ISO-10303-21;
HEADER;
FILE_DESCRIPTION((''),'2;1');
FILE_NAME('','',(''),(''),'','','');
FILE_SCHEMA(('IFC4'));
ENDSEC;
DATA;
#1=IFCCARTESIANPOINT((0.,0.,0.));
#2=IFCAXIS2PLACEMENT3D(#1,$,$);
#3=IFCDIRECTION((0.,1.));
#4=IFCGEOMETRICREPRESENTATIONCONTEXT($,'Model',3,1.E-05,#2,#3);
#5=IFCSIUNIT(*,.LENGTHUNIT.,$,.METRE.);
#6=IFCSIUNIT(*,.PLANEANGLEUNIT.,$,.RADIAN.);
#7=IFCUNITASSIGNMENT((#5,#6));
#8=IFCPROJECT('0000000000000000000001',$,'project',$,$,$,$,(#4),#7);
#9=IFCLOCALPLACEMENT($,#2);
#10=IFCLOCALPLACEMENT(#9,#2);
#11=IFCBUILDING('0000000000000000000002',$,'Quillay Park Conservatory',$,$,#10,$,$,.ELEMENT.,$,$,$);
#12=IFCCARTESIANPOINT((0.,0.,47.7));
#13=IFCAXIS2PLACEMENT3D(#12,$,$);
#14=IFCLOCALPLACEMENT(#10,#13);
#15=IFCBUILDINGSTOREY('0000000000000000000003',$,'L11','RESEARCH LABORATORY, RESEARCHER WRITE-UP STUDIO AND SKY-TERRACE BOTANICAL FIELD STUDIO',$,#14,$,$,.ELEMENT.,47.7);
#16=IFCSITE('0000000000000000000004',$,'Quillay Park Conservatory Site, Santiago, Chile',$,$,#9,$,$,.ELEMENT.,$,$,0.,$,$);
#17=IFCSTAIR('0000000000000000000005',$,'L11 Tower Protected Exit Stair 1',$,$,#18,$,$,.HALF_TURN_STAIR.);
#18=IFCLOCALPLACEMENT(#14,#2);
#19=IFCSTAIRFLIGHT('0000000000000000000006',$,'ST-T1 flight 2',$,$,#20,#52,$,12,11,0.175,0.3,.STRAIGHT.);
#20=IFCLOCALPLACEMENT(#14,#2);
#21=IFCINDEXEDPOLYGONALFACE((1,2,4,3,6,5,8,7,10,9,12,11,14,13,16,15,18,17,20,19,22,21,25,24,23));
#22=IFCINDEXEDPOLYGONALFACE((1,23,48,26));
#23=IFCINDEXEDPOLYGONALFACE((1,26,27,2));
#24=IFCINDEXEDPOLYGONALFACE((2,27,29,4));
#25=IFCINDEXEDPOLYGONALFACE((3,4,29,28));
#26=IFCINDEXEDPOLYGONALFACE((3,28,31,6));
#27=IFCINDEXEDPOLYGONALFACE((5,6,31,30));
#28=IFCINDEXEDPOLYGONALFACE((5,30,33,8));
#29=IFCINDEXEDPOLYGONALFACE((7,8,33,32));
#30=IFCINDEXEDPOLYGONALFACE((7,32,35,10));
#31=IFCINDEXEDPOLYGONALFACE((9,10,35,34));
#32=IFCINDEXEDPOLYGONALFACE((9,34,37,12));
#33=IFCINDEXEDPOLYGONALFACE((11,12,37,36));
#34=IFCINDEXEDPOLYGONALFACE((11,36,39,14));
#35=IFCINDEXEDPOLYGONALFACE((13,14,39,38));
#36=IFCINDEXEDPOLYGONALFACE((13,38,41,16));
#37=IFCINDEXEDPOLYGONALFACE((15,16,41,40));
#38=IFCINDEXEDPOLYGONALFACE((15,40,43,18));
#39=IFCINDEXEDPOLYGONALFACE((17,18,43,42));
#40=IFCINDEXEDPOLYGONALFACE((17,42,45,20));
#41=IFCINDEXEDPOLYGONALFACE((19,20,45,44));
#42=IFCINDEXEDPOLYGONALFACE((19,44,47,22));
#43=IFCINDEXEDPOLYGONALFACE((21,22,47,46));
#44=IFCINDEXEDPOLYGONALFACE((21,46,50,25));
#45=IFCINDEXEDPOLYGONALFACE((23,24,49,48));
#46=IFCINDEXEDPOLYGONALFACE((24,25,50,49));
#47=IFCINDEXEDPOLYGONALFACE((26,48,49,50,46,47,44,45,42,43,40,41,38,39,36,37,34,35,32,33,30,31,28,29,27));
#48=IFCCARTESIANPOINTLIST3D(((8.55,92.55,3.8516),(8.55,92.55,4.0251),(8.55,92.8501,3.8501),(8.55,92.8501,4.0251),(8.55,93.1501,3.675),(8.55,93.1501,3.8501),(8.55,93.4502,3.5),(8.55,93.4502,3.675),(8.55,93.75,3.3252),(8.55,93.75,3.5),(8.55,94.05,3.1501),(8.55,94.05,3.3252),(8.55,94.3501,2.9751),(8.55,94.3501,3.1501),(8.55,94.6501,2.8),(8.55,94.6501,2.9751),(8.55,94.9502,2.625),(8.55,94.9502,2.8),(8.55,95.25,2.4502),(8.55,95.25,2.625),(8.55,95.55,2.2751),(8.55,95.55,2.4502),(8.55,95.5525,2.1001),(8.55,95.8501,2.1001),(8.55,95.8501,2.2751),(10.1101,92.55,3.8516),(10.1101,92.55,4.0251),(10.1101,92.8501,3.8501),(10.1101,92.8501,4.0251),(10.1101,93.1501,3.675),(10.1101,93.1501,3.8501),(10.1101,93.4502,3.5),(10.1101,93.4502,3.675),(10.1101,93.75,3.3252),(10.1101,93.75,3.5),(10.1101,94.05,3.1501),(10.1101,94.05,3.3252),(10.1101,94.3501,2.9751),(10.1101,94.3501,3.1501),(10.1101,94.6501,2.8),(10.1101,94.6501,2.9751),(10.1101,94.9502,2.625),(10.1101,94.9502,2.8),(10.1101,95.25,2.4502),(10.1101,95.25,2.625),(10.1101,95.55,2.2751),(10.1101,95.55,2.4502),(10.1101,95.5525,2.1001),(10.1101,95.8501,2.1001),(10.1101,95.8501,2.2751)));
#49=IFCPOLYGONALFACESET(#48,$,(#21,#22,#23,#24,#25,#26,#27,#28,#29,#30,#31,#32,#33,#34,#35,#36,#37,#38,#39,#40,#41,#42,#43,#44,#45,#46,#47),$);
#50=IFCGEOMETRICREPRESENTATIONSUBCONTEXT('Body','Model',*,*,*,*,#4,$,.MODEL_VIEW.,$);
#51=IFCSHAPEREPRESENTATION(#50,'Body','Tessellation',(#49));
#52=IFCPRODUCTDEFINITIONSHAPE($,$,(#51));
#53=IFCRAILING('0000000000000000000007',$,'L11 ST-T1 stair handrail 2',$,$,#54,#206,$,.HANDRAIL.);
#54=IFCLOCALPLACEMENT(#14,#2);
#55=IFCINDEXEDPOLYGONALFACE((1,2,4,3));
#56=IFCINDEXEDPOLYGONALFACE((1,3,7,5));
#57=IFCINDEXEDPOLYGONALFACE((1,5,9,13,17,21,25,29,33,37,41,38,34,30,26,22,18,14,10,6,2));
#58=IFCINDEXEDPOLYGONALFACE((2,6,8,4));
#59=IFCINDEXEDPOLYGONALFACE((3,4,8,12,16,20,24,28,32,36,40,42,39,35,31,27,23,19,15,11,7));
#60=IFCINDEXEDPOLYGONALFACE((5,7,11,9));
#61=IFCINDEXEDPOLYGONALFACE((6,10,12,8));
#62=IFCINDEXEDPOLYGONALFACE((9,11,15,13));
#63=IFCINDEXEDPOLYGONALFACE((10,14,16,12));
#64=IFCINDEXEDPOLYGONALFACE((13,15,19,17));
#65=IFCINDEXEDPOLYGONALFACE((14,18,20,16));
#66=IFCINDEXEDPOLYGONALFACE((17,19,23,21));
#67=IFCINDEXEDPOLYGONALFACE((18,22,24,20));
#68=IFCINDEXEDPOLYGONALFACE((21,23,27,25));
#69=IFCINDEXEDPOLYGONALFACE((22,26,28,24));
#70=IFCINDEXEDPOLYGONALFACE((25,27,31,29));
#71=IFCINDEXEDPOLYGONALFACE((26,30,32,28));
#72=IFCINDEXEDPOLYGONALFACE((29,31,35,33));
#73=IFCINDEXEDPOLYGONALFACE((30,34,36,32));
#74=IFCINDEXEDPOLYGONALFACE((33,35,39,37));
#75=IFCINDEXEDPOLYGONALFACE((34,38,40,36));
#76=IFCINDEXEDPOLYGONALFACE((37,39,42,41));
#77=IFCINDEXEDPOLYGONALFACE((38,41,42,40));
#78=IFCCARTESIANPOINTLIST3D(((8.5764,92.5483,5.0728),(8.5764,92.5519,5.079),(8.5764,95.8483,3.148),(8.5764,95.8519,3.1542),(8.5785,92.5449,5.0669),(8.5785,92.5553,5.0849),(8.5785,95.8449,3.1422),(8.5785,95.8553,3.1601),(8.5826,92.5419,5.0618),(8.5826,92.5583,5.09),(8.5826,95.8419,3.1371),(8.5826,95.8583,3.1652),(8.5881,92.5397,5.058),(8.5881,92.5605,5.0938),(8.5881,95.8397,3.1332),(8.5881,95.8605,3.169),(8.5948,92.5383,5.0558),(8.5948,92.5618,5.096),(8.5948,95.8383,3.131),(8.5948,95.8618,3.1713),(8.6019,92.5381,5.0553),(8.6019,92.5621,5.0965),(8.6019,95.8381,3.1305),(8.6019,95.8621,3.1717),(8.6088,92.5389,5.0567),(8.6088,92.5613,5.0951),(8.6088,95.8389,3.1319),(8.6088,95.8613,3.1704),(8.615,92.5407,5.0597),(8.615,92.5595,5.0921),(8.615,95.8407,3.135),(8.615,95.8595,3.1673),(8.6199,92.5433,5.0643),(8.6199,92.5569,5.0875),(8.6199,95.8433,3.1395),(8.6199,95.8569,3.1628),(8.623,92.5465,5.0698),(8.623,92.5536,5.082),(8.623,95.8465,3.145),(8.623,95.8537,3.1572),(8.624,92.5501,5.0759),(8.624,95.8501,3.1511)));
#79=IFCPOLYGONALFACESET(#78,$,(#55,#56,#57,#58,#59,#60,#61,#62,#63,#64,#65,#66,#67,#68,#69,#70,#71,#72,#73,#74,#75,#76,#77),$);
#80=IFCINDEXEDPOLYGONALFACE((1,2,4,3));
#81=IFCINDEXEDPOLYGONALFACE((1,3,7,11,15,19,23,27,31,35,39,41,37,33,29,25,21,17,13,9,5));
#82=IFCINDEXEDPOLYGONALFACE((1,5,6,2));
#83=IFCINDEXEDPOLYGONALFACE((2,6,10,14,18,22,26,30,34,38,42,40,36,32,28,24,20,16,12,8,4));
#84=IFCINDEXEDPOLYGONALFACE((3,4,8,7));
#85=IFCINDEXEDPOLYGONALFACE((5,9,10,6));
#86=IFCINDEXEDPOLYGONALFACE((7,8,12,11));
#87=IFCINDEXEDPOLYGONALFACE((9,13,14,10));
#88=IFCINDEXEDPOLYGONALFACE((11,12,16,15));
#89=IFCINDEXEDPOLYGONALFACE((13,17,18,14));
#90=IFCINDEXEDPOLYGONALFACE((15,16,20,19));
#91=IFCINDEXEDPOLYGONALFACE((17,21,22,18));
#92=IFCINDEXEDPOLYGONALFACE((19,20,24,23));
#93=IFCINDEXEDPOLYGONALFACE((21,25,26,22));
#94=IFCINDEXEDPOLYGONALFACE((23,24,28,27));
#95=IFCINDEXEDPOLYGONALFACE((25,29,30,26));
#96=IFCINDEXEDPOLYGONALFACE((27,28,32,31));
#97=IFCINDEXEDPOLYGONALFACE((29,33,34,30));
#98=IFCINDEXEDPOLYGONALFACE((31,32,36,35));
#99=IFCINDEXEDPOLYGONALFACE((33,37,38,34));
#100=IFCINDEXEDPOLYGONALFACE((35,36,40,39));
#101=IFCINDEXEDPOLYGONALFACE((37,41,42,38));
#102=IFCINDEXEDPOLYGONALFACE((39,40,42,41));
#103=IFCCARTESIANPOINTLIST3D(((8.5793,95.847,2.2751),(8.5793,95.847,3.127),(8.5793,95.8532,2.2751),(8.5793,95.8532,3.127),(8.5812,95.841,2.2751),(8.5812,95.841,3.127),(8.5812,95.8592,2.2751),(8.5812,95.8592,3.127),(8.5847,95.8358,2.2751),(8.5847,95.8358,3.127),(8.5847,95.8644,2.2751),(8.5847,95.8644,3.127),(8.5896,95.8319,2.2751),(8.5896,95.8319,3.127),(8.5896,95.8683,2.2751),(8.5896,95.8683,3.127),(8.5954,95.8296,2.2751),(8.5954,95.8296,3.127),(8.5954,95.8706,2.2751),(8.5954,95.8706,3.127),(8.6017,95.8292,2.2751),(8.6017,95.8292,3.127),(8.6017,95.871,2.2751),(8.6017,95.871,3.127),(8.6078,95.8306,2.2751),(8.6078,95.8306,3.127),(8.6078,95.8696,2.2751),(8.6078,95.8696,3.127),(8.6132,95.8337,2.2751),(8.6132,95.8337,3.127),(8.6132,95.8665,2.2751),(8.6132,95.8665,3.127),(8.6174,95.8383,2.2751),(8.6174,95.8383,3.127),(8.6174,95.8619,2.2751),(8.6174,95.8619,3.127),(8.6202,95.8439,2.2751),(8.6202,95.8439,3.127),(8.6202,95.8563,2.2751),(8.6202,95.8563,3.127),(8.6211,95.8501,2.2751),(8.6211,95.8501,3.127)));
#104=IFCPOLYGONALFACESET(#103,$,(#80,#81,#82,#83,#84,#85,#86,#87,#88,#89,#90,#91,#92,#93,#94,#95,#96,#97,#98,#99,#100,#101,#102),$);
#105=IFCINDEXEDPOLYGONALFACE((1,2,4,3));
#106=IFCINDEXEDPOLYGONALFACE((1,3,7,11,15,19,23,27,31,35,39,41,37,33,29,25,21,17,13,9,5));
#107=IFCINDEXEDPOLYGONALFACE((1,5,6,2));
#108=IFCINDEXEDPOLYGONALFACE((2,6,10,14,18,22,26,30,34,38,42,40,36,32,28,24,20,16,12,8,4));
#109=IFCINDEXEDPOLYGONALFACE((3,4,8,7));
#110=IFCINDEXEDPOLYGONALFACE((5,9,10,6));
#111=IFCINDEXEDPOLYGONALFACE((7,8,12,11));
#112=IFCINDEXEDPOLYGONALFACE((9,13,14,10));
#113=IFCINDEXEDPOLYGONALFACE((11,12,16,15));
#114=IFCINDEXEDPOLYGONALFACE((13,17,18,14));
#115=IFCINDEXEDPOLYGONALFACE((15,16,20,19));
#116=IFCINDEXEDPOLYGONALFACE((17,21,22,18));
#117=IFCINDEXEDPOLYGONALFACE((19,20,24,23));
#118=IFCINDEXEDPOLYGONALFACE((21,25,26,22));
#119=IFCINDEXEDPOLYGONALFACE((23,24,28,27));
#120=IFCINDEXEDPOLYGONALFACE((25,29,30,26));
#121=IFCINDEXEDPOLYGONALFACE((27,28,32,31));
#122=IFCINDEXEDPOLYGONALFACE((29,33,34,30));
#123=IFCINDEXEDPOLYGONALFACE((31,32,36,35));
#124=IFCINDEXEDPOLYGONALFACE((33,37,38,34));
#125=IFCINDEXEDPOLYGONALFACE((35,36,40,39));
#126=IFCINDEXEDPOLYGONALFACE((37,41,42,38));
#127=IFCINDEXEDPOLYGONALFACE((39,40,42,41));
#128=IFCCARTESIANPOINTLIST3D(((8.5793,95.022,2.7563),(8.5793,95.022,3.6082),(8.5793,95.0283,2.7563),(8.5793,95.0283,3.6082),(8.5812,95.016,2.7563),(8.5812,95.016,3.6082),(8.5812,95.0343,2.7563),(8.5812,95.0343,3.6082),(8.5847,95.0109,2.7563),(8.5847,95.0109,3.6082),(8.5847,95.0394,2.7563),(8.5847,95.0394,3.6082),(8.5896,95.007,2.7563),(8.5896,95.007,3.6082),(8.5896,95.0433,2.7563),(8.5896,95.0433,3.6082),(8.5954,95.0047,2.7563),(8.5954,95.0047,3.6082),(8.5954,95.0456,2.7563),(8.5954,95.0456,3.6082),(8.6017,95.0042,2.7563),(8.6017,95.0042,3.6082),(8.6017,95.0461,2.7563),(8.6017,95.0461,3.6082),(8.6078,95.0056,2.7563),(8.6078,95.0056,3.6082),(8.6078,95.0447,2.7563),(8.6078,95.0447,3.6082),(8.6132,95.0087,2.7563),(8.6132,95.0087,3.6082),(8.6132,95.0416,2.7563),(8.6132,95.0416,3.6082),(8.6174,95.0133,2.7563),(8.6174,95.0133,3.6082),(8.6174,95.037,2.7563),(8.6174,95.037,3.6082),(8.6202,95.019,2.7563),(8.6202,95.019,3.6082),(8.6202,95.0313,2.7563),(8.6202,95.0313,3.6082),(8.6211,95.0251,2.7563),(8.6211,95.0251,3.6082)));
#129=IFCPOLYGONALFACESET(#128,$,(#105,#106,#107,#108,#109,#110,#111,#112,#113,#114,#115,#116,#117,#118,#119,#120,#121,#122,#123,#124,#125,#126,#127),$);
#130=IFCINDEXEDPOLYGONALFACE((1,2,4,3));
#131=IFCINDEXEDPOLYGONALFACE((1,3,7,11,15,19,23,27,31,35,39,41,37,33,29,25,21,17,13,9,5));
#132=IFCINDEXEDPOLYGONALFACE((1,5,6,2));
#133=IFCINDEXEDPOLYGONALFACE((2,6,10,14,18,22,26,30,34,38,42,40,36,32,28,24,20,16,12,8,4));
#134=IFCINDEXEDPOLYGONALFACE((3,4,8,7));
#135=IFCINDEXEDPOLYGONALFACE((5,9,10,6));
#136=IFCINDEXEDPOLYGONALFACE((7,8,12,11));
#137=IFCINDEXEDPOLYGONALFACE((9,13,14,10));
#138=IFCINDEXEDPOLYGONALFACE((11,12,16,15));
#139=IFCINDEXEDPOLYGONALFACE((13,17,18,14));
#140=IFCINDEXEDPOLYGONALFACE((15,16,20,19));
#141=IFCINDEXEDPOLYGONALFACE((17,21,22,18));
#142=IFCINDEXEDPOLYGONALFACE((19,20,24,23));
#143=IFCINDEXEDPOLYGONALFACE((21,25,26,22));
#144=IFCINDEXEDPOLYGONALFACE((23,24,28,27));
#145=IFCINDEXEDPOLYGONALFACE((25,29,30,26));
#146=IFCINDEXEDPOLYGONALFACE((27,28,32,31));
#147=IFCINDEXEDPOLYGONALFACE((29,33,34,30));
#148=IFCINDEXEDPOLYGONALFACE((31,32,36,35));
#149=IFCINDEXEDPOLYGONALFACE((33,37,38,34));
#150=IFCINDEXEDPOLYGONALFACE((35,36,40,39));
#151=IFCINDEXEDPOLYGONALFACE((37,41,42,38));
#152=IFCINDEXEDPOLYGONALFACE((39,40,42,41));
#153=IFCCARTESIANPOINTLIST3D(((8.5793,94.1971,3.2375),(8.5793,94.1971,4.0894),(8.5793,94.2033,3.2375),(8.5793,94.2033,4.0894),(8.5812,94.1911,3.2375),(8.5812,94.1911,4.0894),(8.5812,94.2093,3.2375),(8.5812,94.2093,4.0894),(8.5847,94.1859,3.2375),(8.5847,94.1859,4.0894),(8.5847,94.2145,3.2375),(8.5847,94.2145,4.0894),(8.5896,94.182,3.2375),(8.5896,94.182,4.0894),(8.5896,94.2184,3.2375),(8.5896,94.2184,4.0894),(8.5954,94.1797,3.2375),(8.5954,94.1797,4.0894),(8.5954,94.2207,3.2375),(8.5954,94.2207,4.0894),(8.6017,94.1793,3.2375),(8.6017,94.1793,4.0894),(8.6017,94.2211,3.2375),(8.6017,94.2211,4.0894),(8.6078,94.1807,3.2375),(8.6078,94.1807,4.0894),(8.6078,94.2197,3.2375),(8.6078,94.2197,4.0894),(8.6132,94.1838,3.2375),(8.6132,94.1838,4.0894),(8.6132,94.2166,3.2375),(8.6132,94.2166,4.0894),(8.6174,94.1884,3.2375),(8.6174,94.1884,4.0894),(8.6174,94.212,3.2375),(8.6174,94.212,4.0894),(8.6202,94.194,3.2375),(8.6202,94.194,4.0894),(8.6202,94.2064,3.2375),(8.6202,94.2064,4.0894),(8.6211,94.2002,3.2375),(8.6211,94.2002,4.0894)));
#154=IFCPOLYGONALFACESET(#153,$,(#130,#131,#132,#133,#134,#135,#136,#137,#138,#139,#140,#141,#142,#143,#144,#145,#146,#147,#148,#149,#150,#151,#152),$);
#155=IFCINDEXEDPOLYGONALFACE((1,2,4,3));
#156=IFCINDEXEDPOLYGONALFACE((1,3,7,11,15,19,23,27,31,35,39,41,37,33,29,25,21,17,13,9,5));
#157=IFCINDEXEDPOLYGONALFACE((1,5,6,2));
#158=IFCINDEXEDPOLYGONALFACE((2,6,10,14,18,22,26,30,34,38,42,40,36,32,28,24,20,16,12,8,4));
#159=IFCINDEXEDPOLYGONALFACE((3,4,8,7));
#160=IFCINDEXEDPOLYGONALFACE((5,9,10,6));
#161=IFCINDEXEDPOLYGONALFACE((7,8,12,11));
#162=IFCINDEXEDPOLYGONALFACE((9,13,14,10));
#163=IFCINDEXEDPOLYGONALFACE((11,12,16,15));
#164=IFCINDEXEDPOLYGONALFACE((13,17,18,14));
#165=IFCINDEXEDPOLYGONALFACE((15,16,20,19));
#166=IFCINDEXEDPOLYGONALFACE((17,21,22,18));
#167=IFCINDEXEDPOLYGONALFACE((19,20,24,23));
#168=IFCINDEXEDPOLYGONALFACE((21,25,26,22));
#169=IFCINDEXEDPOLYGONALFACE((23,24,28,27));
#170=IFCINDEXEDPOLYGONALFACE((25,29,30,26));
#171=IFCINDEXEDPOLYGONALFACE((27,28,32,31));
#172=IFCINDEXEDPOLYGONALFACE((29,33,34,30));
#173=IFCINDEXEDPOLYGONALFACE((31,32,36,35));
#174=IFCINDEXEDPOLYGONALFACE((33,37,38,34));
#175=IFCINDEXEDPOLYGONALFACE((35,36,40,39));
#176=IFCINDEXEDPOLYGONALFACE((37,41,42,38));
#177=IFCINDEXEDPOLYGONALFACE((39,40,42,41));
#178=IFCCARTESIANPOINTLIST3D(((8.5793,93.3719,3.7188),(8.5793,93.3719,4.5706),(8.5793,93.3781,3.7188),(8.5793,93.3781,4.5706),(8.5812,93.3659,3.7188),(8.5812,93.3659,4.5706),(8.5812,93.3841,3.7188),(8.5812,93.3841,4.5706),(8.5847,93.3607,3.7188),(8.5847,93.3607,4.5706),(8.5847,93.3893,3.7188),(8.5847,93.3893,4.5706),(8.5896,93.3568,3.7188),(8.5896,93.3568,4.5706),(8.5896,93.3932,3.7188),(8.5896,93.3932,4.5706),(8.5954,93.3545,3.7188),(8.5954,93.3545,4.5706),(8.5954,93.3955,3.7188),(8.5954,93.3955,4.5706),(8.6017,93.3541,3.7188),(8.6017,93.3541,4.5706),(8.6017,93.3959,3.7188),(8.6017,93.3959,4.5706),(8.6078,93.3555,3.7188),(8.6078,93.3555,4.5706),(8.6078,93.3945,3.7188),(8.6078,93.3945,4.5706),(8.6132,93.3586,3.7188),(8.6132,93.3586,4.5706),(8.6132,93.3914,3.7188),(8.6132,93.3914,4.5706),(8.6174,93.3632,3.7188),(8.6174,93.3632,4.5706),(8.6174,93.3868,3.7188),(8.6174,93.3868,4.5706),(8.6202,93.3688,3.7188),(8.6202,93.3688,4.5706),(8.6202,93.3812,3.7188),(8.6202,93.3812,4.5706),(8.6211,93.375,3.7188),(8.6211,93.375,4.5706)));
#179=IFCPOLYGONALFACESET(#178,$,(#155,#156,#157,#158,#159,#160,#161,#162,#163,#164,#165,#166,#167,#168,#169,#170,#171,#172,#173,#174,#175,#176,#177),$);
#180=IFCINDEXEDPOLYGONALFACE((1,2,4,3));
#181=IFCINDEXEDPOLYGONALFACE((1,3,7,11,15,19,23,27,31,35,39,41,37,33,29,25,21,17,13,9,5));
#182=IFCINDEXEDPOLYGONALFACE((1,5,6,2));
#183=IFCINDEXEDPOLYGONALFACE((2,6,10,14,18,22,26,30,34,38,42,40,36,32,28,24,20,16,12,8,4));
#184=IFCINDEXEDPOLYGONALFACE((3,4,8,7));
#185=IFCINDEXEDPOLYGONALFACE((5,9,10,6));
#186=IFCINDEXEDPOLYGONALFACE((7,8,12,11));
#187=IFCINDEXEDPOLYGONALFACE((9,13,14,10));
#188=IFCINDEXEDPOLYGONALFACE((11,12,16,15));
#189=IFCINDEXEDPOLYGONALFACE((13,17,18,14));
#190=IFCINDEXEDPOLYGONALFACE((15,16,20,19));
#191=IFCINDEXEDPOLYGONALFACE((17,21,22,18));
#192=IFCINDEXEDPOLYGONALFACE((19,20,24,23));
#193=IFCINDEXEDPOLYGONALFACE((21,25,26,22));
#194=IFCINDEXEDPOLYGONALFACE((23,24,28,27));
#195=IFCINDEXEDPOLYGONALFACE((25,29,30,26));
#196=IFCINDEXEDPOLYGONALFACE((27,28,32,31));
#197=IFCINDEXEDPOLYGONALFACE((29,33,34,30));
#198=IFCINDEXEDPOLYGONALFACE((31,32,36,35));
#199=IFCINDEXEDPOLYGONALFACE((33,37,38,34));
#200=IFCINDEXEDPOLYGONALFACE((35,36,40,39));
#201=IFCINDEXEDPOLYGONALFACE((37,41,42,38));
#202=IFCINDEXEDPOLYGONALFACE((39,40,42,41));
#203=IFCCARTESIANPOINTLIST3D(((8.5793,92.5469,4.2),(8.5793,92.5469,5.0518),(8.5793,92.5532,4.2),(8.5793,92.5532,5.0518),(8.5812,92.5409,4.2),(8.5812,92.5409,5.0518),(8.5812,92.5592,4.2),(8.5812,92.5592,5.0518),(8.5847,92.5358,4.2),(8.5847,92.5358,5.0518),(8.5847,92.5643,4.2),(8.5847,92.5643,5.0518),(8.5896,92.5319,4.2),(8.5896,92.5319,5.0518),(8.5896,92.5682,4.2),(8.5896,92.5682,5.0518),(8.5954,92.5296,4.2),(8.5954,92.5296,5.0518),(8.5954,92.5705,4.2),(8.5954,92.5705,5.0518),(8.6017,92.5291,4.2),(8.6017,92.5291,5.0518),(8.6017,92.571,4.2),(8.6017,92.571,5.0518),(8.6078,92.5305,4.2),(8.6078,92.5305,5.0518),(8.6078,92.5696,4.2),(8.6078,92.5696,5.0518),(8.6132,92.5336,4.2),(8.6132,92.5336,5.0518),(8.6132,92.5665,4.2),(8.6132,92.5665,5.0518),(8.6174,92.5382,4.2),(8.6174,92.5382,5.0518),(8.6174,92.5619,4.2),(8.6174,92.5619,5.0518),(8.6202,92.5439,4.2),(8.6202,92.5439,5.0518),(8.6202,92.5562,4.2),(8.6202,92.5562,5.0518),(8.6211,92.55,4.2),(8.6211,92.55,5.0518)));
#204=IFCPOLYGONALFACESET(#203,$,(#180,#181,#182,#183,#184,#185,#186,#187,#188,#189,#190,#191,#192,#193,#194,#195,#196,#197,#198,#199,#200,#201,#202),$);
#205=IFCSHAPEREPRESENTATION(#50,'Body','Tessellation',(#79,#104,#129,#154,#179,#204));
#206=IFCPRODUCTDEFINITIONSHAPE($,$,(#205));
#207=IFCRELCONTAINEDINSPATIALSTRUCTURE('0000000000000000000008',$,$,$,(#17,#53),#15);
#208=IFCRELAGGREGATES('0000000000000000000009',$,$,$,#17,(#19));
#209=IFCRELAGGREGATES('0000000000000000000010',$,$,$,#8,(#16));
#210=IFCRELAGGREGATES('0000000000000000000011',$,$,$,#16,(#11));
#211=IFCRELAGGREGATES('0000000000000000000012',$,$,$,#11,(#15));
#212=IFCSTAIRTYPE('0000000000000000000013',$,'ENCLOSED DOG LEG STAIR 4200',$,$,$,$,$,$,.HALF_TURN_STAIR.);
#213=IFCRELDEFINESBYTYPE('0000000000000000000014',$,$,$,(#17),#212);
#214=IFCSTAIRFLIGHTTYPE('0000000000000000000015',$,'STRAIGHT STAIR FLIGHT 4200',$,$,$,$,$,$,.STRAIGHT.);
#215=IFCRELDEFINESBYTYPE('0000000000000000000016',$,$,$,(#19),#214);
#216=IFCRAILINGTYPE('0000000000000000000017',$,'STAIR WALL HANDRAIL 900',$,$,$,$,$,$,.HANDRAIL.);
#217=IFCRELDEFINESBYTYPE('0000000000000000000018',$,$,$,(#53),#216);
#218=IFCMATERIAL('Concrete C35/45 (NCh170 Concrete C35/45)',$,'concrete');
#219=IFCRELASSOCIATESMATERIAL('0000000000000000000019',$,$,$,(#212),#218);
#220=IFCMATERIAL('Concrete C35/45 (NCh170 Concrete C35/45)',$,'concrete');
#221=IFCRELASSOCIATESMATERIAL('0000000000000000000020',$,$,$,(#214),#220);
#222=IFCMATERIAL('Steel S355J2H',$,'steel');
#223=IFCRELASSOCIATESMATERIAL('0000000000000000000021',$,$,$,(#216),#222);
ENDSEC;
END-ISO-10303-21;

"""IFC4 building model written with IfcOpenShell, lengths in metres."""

from ifc_helpers import new_model, si_unit, direction, frame, origin, origin_2d, place, context, subcontext, project, spatial, polyline, circle, outline, extrude, material, type_object, element, aggregate, save


model = new_model("IFC4")

# Units and contexts
model_context = context("Model", 3, precision=1e-05, world=origin(), true_north=direction((0.0, 1.0)))
body_context = subcontext(model_context, "Body", "Model", "MODEL_VIEW")
ifc_project = project(units=[si_unit("LENGTHUNIT", "METRE"), si_unit("PLANEANGLEUNIT", "RADIAN")], contexts=[model_context])

# Site, building, storey
site_placement = place(None, origin())
site = spatial("IfcSite", under=ifc_project, at=site_placement, Name="Quillay Park Conservatory Site, Santiago, Chile", CompositionType="ELEMENT", RefElevation=0.0)
building_placement = place(site_placement, origin())
building = spatial("IfcBuilding", under=site, at=building_placement, Name="Quillay Park Conservatory", CompositionType="ELEMENT")
storey_placement = place(building_placement, frame((0.0, 0.0, 47.7)))
storey = spatial("IfcBuildingStorey", under=building, at=storey_placement, Name="L11", Description="RESEARCH LABORATORY, RESEARCHER WRITE-UP STUDIO AND SKY-TERRACE BOTANICAL FIELD STUDIO", CompositionType="ELEMENT", Elevation=47.7)

# Stair, stair flight
ifc_material_1 = material(Name="Concrete C35/45 (NCh170 Concrete C35/45)", Category="concrete")
stair_type = type_object("IfcStairType", Name="ENCLOSED DOG LEG STAIR 4200", PredefinedType="HALF_TURN_STAIR", material=ifc_material_1)
stair_placement = place(storey_placement, origin())
stair = element("IfcStair", 1, at=stair_placement, inside=storey, type_object=stair_type, Name="L11 Tower Protected Exit Stair 1", PredefinedType="HALF_TURN_STAIR")
ifc_material_2 = material(Name="Concrete C35/45 (NCh170 Concrete C35/45)", Category="concrete")
stair_flight_type = type_object("IfcStairFlightType", Name="STRAIGHT STAIR FLIGHT 4200", PredefinedType="STRAIGHT", material=ifc_material_2)
stair_flight_placement = place(storey_placement, frame((9.3301, 95.8501, 2.1001), z_axis=(0.0, 0.0, 1.0), x_axis=(0.0, -1.0, 0.0)))
stair_flight = element("IfcStairFlight", 2, at=stair_flight_placement, type_object=stair_flight_type, Name="ST-T1 flight 2", NumberOfRisers=12, NumberOfTreads=11, PredefinedType="STRAIGHT", RiserHeight=0.175, TreadLength=0.3, context=body_context, shape_type="SweptSolid", body=[
    extrude(outline(polyline([(0.0, 0.0), (0.0, 0.175), (0.3, 0.175), (0.3, 0.3501), (0.6001, 0.3501), (0.6001, 0.5249), (0.8999, 0.5249), (0.8999, 0.7), (1.2, 0.7), (1.2, 0.875), (1.5, 0.875), (1.5, 1.05), (1.8, 1.05), (1.8, 1.2251), (2.1001, 1.2251), (2.1001, 1.3999), (2.3999, 1.3999), (2.3999, 1.575), (2.7, 1.575), (2.7, 1.75), (3.0, 1.75), (3.0, 1.925), (3.3, 1.925), (3.3, 2.1001), (3.3, 1.7515), (0.2976, 0.0), (0.0, 0.0)])), frame((0.0, 0.78, 0.0), z_axis=(0.0, -1.0, 0.0), x_axis=(1.0, 0.0, 0.0)), (0.0, 0.0, 1.0), 1.5601),
])
aggregate(stair, [stair_flight])

# Railing
ifc_material_3 = material(Name="Steel S355J2H", Category="steel")
railing_type_1 = type_object("IfcRailingType", Name="STAIR WALL HANDRAIL 900", PredefinedType="HANDRAIL", material=ifc_material_3)
railing_1_placement = place(storey_placement, frame((8.6001, 95.8501, 2.2751)))
element("IfcRailing", 3, at=railing_1_placement, inside=storey, type_object=railing_type_1, Name="L11 ST-T1 stair handrail 2", PredefinedType="HANDRAIL", context=body_context, shape_type="SweptSolid", body=[
    extrude(circle(Radius=0.0239, at=origin_2d()), frame((0.0, 0.0, 0.876), z_axis=(0.0, -0.863804, 0.503827), x_axis=(1.0, 0.0, 0.0)), (0.0, 0.0, 1.0), 3.8203),
    extrude(circle(Radius=0.021, at=origin_2d()), origin(), (0.0, 0.0, 1.0), 0.8518),
    extrude(circle(Radius=0.021, at=origin_2d()), frame((0.0, -0.825, 0.4812)), (0.0, 0.0, 1.0), 0.8518),
    extrude(circle(Radius=0.021, at=origin_2d()), frame((0.0, -1.6499, 0.9624)), (0.0, 0.0, 1.0), 0.8518),
    extrude(circle(Radius=0.021, at=origin_2d()), frame((0.0, -2.4751, 1.4436)), (0.0, 0.0, 1.0), 0.8518),
    extrude(circle(Radius=0.021, at=origin_2d()), frame((0.0, -3.3, 1.9248)), (0.0, 0.0, 1.0), 0.8518),
])

save(model, "model.ifc")
